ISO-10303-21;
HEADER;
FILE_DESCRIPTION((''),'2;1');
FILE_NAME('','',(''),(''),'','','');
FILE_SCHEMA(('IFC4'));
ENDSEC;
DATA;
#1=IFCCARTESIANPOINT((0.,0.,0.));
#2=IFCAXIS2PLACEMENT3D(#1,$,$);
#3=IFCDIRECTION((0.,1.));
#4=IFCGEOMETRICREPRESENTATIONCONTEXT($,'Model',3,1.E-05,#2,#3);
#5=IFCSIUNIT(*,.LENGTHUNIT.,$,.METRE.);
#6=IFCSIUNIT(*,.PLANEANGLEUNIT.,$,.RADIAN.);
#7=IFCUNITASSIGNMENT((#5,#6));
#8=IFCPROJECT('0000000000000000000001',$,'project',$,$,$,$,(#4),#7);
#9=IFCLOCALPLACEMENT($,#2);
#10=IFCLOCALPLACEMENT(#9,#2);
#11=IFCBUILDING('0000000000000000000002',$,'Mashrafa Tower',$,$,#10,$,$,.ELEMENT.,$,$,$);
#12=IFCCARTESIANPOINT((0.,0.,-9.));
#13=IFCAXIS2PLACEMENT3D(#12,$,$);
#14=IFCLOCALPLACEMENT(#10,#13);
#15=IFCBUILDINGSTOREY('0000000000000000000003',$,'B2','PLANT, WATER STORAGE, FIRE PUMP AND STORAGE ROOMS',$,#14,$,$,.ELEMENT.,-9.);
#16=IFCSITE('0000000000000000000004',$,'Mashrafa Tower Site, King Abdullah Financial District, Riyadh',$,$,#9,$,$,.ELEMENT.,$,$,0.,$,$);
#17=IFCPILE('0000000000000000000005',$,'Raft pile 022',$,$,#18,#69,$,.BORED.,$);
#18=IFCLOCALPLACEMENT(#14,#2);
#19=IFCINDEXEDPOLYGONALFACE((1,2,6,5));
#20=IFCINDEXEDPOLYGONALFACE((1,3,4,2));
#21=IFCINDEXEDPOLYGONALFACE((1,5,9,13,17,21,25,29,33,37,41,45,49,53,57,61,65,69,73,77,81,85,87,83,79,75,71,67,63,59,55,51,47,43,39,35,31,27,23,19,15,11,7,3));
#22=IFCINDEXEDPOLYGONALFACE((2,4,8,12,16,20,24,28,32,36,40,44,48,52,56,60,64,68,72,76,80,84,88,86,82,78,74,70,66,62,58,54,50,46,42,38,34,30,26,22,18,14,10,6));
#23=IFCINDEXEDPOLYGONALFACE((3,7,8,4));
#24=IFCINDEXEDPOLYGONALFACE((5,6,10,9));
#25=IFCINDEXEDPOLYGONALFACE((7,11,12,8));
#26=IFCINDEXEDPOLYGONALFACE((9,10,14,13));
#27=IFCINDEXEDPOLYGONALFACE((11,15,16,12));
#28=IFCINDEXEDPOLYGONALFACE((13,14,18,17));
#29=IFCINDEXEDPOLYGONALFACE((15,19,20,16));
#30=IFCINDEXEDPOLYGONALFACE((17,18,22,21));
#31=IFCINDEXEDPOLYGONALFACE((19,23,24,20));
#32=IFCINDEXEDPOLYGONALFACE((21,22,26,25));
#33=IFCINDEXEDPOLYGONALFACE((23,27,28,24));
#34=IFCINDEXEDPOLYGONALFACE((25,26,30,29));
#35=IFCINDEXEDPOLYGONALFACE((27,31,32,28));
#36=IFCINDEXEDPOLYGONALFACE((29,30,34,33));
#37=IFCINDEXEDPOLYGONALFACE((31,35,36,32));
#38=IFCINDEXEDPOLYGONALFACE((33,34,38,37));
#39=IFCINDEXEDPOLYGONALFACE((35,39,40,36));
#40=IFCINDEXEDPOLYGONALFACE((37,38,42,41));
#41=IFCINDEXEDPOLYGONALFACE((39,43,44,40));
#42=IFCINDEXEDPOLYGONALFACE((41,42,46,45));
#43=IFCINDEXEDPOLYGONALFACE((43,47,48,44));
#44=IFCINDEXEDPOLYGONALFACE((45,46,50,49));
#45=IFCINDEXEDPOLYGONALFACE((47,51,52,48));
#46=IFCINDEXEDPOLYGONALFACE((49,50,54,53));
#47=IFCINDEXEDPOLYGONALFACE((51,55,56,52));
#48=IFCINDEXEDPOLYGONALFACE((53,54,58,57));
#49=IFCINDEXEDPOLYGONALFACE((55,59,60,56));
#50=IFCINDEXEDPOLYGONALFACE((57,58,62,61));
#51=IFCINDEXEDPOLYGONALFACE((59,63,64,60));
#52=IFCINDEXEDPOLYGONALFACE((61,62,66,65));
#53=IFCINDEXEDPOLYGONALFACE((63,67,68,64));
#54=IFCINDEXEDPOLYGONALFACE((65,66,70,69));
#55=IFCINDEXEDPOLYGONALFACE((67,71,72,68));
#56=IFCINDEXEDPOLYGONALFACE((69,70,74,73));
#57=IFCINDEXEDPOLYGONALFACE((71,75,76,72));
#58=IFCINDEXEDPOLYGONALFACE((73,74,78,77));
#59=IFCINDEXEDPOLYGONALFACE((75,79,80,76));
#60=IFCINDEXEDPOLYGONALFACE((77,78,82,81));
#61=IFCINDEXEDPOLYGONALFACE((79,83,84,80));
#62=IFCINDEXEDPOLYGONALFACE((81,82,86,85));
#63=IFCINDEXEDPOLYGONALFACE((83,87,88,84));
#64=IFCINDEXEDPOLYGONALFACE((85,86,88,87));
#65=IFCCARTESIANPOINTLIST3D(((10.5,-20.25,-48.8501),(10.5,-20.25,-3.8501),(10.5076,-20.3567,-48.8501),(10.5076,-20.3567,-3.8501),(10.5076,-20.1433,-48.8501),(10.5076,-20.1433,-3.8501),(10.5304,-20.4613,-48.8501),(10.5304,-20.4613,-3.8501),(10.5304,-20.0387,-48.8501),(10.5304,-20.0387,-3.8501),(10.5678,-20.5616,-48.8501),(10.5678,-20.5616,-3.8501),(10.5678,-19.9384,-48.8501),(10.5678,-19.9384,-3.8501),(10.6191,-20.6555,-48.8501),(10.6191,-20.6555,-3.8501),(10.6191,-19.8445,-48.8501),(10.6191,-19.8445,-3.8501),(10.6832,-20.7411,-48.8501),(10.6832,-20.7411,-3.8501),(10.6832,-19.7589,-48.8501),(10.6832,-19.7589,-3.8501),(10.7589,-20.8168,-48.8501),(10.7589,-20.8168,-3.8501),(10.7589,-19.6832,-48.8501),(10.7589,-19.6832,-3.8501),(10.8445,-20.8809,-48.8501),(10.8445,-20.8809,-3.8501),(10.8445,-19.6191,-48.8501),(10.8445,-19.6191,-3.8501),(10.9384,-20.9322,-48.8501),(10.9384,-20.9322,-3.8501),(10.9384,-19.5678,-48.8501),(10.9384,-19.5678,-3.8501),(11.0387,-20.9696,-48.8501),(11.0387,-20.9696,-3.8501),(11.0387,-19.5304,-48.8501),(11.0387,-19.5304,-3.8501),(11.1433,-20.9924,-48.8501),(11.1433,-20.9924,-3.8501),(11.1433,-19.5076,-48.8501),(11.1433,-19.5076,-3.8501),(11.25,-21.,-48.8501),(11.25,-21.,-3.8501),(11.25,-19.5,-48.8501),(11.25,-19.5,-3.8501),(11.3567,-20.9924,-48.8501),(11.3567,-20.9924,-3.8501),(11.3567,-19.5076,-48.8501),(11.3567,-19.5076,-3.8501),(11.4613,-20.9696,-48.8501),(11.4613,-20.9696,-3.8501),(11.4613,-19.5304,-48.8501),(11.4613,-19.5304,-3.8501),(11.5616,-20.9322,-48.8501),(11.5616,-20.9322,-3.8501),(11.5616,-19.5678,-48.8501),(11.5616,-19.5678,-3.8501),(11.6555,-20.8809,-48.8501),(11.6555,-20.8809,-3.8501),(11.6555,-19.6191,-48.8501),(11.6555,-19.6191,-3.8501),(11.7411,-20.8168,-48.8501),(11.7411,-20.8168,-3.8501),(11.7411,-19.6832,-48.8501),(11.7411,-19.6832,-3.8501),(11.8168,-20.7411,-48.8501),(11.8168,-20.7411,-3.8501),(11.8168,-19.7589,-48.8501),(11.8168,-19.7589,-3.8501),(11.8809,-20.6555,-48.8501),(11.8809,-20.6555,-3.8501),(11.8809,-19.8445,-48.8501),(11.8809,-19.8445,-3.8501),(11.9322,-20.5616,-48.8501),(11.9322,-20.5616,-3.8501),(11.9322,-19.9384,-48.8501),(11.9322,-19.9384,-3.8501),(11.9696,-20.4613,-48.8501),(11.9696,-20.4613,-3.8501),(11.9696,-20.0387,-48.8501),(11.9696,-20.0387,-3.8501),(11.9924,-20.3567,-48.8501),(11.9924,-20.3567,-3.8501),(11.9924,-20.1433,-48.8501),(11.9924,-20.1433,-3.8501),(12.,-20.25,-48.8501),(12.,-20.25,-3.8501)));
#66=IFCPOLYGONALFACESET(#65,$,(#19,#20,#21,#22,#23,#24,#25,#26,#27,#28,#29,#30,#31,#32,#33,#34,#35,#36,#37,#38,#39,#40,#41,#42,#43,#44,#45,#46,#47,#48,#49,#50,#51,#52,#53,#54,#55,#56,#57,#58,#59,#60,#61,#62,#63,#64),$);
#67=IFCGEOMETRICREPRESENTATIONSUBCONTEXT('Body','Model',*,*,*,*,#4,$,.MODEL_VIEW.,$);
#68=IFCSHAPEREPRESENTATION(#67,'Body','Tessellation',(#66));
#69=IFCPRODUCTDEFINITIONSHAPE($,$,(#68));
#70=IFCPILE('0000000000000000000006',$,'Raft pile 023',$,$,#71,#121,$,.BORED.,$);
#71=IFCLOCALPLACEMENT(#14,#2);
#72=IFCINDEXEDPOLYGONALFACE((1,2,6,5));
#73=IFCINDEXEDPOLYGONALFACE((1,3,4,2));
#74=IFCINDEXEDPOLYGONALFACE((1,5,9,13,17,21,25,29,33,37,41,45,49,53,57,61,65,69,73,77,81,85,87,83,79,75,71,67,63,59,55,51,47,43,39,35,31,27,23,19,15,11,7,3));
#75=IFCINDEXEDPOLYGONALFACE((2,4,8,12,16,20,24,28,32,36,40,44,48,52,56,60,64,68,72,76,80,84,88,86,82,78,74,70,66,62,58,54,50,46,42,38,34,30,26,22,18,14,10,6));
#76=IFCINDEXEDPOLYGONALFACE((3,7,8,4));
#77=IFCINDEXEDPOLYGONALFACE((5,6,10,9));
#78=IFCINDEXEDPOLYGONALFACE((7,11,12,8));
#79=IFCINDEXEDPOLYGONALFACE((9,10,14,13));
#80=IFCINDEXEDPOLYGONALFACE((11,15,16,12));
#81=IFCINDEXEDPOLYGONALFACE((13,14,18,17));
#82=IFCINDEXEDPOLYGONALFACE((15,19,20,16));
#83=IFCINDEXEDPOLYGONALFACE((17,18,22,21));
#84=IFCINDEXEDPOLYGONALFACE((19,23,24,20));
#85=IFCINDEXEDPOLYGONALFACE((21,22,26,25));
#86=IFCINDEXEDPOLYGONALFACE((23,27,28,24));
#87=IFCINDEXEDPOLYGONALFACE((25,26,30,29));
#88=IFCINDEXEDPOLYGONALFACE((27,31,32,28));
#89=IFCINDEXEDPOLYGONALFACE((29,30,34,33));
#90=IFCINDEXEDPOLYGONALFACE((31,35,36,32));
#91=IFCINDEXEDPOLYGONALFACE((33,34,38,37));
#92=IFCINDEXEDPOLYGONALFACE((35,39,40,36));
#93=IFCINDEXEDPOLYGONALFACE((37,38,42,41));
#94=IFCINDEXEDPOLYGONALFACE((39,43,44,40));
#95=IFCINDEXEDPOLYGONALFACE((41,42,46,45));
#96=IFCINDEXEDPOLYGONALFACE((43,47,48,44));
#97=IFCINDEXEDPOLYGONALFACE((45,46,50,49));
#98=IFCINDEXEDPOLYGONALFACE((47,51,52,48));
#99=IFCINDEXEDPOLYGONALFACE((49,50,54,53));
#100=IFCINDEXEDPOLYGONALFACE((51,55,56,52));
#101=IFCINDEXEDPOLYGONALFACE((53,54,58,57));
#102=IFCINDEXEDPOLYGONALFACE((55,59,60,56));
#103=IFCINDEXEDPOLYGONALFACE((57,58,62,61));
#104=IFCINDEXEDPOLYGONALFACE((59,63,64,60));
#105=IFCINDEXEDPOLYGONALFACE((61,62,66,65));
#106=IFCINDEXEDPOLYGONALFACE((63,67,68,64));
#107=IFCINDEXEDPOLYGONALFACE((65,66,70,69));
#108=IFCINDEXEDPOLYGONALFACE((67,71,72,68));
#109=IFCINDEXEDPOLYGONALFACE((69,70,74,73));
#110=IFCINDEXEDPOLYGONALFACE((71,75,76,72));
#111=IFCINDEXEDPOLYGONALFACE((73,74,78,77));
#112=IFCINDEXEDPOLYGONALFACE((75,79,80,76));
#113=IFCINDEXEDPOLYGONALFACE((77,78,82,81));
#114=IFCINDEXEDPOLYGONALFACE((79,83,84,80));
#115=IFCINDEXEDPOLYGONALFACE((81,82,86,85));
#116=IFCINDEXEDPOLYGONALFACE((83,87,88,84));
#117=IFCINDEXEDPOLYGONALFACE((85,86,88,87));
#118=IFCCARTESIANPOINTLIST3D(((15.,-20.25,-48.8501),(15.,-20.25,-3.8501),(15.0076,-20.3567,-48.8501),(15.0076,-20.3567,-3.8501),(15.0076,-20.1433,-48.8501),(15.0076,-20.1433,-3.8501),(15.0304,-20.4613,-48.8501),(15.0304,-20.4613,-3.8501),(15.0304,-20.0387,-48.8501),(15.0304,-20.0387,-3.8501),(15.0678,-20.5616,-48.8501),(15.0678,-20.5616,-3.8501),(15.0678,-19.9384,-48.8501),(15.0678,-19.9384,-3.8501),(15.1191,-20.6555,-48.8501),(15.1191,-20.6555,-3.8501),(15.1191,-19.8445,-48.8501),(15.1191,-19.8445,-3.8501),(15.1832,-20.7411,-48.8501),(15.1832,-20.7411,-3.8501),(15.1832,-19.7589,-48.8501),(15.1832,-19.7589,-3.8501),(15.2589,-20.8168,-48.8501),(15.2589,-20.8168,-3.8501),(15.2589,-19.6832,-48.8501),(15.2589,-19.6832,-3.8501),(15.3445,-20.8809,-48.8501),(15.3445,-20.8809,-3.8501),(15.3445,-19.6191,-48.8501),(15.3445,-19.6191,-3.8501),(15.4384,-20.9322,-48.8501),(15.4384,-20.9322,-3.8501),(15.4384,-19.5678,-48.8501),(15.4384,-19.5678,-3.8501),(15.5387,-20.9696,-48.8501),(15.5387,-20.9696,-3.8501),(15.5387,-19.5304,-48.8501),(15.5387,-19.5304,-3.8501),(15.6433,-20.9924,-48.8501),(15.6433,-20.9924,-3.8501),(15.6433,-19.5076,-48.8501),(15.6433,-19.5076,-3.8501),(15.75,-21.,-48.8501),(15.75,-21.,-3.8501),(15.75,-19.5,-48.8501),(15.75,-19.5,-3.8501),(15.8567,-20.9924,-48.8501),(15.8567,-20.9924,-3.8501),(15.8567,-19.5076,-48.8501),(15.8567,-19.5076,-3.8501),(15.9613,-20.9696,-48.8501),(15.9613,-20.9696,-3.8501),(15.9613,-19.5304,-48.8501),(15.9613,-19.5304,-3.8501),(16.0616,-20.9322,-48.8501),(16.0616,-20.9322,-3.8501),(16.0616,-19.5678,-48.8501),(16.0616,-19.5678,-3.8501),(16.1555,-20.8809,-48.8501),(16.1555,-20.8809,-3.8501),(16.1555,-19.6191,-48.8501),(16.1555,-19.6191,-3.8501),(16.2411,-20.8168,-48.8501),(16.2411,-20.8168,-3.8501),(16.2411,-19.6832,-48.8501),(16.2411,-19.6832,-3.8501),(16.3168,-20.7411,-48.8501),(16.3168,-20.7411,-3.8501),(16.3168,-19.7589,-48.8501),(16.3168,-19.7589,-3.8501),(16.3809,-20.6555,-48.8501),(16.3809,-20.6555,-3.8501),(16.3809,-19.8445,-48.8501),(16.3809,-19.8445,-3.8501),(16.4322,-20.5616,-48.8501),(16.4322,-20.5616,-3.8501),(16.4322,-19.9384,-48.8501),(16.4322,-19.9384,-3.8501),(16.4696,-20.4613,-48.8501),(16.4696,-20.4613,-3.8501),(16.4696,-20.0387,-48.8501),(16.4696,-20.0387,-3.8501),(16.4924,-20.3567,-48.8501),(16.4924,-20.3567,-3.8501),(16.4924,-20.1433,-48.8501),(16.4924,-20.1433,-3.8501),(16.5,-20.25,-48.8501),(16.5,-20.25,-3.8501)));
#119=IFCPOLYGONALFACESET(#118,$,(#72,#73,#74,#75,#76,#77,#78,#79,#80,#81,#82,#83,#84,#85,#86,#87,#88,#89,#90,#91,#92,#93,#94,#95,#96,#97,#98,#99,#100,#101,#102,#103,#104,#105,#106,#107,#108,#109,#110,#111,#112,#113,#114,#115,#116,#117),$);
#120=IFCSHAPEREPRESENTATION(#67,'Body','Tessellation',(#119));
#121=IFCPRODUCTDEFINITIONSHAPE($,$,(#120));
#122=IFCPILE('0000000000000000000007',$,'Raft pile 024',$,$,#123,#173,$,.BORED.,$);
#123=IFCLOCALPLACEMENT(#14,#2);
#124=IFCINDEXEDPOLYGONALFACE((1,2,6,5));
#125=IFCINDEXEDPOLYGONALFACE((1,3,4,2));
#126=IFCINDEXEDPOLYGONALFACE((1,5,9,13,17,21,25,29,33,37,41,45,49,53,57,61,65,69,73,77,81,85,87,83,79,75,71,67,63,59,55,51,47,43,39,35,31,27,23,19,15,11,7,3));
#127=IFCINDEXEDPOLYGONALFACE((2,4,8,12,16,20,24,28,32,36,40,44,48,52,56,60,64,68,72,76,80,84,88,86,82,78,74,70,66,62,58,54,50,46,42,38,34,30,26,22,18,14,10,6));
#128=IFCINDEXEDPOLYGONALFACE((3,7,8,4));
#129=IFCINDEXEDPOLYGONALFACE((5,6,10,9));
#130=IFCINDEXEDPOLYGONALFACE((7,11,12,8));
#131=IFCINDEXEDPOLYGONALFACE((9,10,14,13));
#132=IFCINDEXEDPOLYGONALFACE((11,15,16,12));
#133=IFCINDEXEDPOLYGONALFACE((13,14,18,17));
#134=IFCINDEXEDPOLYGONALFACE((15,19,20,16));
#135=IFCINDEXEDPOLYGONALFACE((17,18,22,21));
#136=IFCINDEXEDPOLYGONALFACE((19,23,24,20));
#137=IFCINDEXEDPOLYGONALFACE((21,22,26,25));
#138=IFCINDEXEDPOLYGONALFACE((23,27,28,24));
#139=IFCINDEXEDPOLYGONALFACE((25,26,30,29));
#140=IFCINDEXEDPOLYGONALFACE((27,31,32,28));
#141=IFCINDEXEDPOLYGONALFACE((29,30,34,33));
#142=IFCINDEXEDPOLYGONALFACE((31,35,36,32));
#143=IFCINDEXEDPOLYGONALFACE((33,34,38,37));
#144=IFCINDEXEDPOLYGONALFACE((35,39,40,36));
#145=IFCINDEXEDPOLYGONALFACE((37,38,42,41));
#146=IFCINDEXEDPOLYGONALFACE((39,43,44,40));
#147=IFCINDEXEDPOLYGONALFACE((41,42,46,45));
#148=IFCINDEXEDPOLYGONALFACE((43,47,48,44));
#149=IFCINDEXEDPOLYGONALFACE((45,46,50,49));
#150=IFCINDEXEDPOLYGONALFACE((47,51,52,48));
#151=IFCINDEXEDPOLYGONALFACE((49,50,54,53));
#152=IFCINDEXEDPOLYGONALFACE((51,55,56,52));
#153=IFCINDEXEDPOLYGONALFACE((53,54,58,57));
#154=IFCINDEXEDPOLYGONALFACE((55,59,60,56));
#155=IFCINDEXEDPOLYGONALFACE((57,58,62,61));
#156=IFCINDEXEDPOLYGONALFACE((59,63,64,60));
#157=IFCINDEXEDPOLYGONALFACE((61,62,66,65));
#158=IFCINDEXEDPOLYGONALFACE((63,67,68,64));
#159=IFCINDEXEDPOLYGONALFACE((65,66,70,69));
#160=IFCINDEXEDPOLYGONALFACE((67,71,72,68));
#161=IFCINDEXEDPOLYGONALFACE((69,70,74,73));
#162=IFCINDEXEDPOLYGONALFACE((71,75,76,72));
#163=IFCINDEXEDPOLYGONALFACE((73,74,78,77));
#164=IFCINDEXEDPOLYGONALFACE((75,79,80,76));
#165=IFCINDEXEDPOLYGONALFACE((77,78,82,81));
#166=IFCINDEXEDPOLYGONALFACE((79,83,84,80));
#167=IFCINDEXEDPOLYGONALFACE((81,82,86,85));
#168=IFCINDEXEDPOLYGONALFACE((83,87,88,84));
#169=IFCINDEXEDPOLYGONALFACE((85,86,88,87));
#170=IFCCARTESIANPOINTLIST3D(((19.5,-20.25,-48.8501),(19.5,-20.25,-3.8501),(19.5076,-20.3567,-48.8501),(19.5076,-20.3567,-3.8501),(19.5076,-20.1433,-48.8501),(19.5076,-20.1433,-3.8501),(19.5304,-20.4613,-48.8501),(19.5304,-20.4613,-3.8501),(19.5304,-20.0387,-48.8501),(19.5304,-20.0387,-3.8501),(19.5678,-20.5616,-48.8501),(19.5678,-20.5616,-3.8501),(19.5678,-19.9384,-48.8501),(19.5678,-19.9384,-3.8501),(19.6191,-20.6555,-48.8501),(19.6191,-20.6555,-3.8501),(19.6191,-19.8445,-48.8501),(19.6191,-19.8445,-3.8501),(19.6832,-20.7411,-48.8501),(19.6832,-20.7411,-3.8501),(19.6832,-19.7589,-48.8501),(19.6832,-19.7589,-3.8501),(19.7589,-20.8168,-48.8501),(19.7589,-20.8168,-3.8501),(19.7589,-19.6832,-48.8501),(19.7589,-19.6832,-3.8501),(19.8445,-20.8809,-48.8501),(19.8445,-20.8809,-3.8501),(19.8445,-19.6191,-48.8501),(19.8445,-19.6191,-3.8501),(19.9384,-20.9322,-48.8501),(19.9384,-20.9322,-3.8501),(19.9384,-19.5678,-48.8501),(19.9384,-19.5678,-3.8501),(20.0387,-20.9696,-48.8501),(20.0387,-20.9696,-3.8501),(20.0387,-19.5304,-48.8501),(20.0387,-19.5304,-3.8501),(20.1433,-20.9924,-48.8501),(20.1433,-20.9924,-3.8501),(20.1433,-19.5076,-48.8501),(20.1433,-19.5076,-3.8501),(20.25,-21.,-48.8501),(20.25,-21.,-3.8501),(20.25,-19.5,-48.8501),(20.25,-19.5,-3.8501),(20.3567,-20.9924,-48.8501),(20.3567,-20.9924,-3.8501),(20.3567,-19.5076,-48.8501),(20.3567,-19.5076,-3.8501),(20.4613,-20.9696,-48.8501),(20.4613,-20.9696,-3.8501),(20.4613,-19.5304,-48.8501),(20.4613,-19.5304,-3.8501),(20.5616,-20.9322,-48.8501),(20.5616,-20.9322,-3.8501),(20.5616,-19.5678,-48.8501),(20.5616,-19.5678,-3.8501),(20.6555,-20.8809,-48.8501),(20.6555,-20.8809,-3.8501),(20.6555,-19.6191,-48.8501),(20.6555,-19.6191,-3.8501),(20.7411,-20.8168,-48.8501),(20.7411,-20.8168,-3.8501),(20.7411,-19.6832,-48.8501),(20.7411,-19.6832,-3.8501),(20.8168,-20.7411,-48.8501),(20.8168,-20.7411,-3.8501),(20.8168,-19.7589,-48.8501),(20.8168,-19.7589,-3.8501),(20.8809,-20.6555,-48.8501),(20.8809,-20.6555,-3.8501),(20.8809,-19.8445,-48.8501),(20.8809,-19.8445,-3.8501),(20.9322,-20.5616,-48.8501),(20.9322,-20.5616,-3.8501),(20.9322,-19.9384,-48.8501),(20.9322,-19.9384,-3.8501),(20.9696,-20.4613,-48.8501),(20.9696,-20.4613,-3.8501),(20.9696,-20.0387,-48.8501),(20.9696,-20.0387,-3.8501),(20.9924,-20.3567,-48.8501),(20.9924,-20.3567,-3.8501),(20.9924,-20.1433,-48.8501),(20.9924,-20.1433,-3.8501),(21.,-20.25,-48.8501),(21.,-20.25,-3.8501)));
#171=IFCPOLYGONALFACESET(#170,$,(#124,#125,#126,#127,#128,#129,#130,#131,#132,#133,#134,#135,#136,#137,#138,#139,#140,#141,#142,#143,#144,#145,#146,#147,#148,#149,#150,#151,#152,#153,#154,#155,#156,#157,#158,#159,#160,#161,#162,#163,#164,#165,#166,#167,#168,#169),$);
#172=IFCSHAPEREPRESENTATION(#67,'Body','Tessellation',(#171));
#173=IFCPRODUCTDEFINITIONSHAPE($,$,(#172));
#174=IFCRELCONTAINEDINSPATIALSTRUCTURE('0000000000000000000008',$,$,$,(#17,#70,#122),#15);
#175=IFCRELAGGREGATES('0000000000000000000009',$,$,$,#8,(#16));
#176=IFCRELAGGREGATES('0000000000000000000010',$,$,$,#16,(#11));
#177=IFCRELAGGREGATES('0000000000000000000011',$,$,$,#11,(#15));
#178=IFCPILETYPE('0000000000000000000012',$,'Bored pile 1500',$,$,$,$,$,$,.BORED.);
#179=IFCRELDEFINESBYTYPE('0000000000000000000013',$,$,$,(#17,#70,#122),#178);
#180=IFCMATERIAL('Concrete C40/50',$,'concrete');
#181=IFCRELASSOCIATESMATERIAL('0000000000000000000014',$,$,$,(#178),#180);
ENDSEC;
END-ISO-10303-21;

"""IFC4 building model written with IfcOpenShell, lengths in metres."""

from ifc_helpers import new_model, si_unit, direction, frame, origin, origin_2d, place, context, subcontext, project, spatial, circle, extrude, material, material_profile, profile_set, type_object, element, save


model = new_model("IFC4")

# Units and contexts
model_context = context("Model", 3, precision=1e-05, world=origin(), true_north=direction((0.0, 1.0)))
body_context = subcontext(model_context, "Body", "Model", "MODEL_VIEW")
ifc_project = project(units=[si_unit("LENGTHUNIT", "METRE"), si_unit("PLANEANGLEUNIT", "RADIAN")], contexts=[model_context])

# Site, building, storey
site_placement = place(None, origin())
site = spatial("IfcSite", under=ifc_project, at=site_placement, Name="Mashrafa Tower Site, King Abdullah Financial District, Riyadh", CompositionType="ELEMENT", RefElevation=0.0)
building_placement = place(site_placement, origin())
building = spatial("IfcBuilding", under=site, at=building_placement, Name="Mashrafa Tower", CompositionType="ELEMENT")
storey_placement = place(building_placement, frame((0.0, 0.0, -9.0)))
storey = spatial("IfcBuildingStorey", under=building, at=storey_placement, Name="B2", Description="PLANT, WATER STORAGE, FIRE PUMP AND STORAGE ROOMS", CompositionType="ELEMENT", Elevation=-9.0)

# Piles
ifc_material_1 = material(Name="Concrete C40/50", Category="concrete")
ifc_material_profile_1 = material_profile(ifc_material_1, circle(Radius=0.75, at=origin_2d()), Name="1500 DIA")
ifc_profile_set_1 = profile_set([ifc_material_profile_1], Name="Concrete C40/50")
pile_type_1 = type_object("IfcPileType", Name="Bored pile 1500", PredefinedType="BORED", material=ifc_profile_set_1)
for number, where, z_axis, x_axis, name in (
    (1, (11.25, -20.25, -3.8501), (0.0, 0.0, -1.0), (1.0, 0.0, 0.0), "Raft pile 022"),
    (2, (15.75, -20.25, -3.8501), (0.0, 0.0, -1.0), (1.0, 0.0, 0.0), "Raft pile 023"),
    (3, (20.25, -20.25, -3.8501), (0.0, 0.0, -1.0), (1.0, 0.0, 0.0), "Raft pile 024"),
):
    element("IfcPile", number, at=place(storey_placement, frame(where, z_axis=z_axis, x_axis=x_axis)), inside=storey, type_object=pile_type_1, Name=name, PredefinedType="BORED", context=body_context, shape_type="SweptSolid", body=[
        extrude(circle(Radius=0.75, at=origin_2d()), origin(), (0.0, 0.0, 1.0), 45.0),
    ])

save(model, "model.ifc")
